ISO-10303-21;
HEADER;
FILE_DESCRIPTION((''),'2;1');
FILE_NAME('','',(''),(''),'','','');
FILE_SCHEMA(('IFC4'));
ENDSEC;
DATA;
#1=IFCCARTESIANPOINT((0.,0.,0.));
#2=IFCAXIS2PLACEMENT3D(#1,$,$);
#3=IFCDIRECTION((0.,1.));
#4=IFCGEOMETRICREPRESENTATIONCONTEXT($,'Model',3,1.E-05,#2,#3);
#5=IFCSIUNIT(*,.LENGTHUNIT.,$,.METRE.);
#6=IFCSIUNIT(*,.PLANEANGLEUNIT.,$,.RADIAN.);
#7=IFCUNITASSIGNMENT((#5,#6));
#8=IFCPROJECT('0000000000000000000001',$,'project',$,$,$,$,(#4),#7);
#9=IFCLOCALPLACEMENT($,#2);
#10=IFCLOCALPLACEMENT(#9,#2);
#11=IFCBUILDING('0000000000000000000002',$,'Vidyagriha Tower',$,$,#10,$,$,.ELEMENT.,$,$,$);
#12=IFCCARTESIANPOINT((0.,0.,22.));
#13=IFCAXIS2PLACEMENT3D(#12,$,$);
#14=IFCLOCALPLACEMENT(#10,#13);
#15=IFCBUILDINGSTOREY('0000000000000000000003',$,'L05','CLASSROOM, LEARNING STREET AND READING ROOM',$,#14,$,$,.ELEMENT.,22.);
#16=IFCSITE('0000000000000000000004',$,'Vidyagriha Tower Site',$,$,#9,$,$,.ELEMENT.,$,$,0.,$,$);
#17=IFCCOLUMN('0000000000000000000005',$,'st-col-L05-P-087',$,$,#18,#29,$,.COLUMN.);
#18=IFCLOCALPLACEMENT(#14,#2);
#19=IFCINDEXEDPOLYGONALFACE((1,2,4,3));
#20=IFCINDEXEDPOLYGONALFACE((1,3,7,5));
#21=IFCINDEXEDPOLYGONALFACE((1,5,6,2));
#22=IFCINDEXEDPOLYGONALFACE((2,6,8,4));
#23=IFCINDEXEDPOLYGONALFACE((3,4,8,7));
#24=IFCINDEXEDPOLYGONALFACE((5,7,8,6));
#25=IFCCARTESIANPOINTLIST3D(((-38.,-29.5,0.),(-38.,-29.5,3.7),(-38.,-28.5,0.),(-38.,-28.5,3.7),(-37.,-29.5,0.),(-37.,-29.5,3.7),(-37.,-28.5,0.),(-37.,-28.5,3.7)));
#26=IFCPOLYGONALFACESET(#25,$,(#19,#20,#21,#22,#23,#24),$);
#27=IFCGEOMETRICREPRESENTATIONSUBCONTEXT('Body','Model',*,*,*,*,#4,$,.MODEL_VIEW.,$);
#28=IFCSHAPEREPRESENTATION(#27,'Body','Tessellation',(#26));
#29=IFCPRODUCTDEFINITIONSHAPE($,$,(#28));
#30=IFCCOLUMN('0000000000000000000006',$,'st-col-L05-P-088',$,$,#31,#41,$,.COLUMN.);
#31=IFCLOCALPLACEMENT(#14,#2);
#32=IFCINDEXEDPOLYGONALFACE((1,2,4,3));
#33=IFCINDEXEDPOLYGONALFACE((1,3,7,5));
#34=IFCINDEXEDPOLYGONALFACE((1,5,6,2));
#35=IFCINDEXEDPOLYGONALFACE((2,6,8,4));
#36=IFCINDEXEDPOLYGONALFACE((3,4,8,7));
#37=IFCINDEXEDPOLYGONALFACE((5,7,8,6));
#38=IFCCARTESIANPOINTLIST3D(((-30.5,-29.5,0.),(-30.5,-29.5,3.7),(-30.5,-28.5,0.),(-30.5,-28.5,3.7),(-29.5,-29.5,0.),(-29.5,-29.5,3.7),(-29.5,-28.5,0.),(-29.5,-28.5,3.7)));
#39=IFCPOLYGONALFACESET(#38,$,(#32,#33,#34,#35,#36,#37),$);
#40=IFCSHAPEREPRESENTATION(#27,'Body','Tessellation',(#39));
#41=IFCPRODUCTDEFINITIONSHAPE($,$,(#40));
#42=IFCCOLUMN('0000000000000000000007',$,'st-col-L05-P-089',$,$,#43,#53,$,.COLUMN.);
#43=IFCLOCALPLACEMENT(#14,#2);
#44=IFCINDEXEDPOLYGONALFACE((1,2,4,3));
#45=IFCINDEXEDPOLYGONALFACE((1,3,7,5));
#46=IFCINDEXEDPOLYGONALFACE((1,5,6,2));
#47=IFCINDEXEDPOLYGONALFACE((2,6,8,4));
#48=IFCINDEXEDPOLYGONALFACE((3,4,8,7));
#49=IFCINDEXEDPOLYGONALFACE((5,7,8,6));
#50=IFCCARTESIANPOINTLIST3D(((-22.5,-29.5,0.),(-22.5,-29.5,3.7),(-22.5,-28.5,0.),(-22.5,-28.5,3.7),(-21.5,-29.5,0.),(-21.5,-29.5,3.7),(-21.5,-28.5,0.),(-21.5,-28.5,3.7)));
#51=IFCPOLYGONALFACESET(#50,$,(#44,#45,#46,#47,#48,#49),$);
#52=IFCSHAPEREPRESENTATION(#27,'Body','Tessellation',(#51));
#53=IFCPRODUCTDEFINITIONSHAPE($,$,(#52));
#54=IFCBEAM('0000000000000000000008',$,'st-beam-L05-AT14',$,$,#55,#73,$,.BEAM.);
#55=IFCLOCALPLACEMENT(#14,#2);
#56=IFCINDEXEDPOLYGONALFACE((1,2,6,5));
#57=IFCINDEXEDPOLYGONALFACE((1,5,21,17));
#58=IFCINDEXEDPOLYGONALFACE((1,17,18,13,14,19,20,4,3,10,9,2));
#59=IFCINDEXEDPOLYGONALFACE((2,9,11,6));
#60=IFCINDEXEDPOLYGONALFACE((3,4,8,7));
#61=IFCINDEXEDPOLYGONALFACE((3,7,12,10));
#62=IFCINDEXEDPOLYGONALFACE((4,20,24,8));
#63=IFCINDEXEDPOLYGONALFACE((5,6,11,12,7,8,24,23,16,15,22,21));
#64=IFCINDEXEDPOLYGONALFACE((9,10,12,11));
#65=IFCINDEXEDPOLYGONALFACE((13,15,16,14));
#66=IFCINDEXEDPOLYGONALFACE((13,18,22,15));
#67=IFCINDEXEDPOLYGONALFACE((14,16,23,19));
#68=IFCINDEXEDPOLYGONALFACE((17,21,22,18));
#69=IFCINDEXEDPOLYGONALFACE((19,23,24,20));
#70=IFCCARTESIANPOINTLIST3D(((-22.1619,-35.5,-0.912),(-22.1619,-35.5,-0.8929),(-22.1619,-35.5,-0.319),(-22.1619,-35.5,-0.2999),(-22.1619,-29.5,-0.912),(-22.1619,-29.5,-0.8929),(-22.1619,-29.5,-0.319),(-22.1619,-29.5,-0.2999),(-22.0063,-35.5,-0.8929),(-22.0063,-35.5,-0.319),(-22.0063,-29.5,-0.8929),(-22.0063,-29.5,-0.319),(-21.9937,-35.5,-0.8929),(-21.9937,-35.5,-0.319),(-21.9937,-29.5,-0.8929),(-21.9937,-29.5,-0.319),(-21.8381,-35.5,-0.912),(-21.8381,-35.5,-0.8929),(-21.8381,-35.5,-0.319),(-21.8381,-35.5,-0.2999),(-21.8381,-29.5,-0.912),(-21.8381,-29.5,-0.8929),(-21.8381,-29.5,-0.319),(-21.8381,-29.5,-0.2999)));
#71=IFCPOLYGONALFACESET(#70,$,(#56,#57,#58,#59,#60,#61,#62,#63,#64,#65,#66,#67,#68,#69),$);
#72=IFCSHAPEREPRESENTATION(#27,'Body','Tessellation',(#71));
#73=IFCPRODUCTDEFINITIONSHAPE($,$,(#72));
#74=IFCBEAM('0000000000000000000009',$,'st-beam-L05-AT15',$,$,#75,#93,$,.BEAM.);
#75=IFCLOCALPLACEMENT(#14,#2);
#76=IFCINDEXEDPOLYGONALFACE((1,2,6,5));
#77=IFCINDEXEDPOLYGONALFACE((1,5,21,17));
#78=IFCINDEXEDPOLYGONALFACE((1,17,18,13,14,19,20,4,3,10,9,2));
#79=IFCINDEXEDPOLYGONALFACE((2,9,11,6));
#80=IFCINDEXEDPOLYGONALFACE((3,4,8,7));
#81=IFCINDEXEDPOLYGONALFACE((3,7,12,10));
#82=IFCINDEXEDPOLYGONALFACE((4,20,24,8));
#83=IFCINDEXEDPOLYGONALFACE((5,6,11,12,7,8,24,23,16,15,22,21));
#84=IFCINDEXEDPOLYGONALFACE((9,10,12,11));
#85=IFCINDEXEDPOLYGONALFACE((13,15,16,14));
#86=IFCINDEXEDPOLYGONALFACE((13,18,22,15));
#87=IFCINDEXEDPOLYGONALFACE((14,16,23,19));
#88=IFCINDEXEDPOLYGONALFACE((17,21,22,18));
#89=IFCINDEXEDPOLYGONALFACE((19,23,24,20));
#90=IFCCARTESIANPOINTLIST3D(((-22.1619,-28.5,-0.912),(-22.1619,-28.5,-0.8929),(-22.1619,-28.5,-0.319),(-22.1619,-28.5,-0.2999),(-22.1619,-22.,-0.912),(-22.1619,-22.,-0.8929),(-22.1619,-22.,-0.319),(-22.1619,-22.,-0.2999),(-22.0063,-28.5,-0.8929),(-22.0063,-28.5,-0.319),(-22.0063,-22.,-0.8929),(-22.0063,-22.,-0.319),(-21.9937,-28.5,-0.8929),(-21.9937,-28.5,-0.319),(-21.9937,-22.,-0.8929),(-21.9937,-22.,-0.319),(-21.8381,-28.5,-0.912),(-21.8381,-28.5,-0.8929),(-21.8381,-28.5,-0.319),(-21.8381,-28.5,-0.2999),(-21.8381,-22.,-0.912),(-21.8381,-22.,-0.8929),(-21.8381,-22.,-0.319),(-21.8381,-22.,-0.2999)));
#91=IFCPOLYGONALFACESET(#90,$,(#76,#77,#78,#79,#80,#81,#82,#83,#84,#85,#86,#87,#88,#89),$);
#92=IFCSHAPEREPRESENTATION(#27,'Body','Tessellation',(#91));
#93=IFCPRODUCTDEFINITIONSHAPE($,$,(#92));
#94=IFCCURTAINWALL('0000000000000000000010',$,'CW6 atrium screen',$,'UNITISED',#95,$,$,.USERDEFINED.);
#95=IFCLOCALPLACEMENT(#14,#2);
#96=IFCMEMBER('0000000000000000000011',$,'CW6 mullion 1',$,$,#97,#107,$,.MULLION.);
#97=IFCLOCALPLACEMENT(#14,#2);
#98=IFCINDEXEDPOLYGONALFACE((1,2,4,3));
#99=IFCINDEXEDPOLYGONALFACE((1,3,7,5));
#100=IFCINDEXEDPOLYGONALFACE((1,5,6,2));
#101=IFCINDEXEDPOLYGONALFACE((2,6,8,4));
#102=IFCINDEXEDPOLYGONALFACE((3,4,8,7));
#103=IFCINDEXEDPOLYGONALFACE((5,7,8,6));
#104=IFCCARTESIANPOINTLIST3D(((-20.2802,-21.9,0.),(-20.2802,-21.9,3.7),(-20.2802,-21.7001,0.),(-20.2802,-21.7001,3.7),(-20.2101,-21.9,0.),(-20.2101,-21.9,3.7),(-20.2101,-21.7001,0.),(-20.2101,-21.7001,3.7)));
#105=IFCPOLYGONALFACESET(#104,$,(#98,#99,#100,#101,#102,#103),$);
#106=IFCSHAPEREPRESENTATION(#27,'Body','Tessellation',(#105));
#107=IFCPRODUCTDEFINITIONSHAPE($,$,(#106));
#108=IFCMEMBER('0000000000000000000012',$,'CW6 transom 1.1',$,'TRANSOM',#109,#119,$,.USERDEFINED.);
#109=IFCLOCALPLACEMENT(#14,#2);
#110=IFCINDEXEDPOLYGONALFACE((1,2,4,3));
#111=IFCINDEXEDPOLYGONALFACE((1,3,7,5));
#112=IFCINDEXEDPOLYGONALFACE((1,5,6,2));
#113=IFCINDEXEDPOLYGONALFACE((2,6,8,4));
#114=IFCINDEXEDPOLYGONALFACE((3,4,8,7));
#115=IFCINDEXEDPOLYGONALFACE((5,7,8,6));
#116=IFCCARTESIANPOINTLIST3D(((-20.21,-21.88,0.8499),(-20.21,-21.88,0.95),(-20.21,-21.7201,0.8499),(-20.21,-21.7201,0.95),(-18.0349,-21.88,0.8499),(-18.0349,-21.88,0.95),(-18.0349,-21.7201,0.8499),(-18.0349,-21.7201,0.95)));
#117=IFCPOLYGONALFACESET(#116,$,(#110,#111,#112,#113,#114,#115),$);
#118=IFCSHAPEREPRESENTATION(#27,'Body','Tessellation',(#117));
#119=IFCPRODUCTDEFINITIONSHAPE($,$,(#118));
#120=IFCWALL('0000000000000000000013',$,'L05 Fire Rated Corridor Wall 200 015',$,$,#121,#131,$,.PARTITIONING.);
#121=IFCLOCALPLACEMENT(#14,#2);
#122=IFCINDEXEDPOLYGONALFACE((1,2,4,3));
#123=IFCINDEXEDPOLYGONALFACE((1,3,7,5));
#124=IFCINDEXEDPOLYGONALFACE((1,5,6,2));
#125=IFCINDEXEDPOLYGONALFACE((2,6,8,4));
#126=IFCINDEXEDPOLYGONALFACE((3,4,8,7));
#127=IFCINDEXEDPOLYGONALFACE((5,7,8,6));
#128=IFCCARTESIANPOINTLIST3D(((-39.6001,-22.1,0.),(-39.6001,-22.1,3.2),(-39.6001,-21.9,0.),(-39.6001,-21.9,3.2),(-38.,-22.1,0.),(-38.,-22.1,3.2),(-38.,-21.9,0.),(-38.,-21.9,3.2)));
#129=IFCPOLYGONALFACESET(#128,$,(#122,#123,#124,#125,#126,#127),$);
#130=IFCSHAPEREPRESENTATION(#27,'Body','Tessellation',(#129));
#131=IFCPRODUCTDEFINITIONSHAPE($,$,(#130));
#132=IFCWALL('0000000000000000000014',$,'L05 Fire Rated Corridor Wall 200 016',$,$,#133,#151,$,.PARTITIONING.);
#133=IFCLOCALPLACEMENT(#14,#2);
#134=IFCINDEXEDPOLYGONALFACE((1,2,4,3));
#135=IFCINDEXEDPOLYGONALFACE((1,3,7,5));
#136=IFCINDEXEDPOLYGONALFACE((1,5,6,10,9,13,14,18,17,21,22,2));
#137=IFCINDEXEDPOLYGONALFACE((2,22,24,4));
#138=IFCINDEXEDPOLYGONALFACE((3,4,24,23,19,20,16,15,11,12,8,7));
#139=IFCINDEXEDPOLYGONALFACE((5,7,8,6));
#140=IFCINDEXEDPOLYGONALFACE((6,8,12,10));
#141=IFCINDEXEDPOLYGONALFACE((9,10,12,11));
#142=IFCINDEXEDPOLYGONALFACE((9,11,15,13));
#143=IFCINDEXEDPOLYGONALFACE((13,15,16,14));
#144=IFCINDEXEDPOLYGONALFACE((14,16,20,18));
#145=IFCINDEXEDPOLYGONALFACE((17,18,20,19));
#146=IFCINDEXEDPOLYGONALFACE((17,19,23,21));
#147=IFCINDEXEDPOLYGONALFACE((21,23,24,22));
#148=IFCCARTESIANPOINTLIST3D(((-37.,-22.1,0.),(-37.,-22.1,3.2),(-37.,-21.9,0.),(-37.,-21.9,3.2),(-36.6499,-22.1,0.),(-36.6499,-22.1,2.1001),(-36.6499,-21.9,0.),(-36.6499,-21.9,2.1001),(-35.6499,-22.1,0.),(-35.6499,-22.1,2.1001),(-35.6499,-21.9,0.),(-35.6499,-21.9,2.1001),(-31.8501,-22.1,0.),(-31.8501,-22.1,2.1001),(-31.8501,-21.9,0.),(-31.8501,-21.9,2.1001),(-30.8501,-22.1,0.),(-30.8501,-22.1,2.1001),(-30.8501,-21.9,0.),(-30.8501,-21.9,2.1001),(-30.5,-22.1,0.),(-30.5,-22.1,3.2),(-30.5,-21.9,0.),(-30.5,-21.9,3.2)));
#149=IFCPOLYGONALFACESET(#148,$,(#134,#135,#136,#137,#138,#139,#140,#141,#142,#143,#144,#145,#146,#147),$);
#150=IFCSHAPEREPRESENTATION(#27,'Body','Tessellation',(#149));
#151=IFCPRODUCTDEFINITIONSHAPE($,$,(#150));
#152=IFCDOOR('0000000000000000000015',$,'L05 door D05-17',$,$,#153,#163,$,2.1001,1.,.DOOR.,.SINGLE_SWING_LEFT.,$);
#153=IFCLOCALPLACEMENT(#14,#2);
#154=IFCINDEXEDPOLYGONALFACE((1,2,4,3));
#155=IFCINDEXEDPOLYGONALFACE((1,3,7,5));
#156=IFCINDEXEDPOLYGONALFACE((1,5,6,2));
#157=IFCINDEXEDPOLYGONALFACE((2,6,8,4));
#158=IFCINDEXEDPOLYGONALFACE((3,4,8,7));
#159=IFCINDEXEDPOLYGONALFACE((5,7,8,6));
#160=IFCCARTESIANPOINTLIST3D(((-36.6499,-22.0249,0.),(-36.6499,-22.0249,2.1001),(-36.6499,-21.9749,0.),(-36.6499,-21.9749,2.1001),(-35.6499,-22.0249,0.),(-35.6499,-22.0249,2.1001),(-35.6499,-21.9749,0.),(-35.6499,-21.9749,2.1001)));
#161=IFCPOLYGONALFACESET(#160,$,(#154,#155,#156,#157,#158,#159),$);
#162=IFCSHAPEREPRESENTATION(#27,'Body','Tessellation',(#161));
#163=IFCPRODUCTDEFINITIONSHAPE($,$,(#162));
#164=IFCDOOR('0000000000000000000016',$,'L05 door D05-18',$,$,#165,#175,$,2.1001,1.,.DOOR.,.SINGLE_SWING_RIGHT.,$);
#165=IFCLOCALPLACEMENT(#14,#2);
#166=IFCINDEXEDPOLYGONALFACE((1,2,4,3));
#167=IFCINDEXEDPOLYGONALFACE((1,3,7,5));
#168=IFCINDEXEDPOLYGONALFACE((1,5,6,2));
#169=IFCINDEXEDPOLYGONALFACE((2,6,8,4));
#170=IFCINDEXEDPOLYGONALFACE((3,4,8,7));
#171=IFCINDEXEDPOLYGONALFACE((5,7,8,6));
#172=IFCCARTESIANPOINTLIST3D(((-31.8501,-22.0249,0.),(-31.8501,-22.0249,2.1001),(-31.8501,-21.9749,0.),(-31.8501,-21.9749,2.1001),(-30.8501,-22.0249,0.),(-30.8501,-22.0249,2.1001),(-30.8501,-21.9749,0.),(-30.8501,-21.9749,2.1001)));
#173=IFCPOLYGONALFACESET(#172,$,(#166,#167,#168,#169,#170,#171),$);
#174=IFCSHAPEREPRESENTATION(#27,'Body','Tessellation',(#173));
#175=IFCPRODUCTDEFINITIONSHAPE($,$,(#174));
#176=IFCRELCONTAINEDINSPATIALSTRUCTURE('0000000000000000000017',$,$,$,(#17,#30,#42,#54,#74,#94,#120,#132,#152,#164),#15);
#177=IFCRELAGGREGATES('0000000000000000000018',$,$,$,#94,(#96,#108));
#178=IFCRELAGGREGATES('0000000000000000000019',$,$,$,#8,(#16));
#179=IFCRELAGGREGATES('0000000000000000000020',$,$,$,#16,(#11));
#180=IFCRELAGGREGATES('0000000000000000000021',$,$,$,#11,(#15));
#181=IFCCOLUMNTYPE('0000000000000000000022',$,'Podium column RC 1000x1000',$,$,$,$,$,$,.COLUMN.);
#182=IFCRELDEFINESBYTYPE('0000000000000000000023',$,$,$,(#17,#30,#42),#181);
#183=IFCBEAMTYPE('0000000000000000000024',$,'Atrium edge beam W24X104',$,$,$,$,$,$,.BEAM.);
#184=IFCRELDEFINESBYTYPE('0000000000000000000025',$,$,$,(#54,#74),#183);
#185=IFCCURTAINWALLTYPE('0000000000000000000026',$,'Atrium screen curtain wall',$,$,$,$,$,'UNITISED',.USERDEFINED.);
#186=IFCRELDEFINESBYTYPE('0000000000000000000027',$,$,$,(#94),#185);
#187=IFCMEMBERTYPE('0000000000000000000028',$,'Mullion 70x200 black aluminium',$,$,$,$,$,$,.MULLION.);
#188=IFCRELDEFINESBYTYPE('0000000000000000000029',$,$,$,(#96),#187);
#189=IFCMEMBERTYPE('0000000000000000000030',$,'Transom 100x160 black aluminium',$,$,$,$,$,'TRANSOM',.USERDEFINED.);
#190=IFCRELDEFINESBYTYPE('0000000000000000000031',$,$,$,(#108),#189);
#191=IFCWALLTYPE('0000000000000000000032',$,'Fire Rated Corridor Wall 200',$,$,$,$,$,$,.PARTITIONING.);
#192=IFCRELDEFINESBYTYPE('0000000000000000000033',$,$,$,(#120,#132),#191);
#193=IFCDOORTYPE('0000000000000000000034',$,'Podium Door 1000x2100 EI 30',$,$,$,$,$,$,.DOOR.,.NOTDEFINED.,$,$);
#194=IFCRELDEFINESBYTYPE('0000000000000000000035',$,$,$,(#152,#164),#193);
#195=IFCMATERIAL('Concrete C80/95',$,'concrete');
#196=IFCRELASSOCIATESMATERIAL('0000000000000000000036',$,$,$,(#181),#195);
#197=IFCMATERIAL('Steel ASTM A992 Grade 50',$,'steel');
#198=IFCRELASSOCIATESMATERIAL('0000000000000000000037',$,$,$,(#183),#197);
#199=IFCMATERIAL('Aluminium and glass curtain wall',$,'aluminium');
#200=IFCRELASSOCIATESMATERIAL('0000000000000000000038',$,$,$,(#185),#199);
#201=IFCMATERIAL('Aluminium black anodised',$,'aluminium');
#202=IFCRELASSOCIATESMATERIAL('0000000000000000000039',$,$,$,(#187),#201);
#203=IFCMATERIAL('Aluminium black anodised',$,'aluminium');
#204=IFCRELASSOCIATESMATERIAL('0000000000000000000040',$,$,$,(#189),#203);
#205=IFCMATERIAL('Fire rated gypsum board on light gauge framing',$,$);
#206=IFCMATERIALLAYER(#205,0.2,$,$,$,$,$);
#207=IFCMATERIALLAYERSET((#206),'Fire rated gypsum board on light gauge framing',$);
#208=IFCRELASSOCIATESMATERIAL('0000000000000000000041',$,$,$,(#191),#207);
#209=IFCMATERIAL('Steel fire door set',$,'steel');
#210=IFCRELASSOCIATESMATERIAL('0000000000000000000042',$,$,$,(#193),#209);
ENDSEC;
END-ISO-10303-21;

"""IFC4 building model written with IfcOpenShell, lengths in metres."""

from ifc_helpers import new_model, si_unit, direction, frame, frame_2d, origin, origin_2d, place, context, subcontext, project, spatial, rectangle, i_section, extrude, material, layer, layer_set, material_profile, profile_set, type_object, element, fill, aggregate, save


model = new_model("IFC4")

# Units and contexts
model_context = context("Model", 3, precision=1e-05, world=origin(), true_north=direction((0.0, 1.0)))
body_context = subcontext(model_context, "Body", "Model", "MODEL_VIEW")
ifc_project = project(units=[si_unit("LENGTHUNIT", "METRE"), si_unit("PLANEANGLEUNIT", "RADIAN")], contexts=[model_context])

# Site, building, storey
site_placement = place(None, origin())
site = spatial("IfcSite", under=ifc_project, at=site_placement, Name="Vidyagriha Tower Site", CompositionType="ELEMENT", RefElevation=0.0)
building_placement = place(site_placement, origin())
building = spatial("IfcBuilding", under=site, at=building_placement, Name="Vidyagriha Tower", CompositionType="ELEMENT")
storey_placement = place(building_placement, frame((0.0, 0.0, 22.0)))
storey = spatial("IfcBuildingStorey", under=building, at=storey_placement, Name="L05", Description="CLASSROOM, LEARNING STREET AND READING ROOM", CompositionType="ELEMENT", Elevation=22.0)

# Columns
ifc_material_1 = material(Name="Concrete C80/95", Category="concrete")
ifc_material_profile_1 = material_profile(ifc_material_1, rectangle(XDim=1.0, YDim=1.0, at=origin_2d()), Name="RC 1000x1000")
ifc_profile_set_1 = profile_set([ifc_material_profile_1], Name="Concrete C80/95")
column_type = type_object("IfcColumnType", Name="Podium column RC 1000x1000", PredefinedType="COLUMN", material=ifc_profile_set_1)
for number, where, name in (
    (1, (-37.5, -29.0, 0.0), "st-col-L05-P-087"),
    (2, (-30.0, -29.0, 0.0), "st-col-L05-P-088"),
    (3, (-22.0, -29.0, 0.0), "st-col-L05-P-089"),
):
    element("IfcColumn", number, at=place(storey_placement, frame(where)), inside=storey, type_object=column_type, Name=name, PredefinedType="COLUMN", context=body_context, shape_type="SweptSolid", body=[
        extrude(rectangle(XDim=1.0, YDim=1.0, at=origin_2d()), origin(), (0.0, 0.0, 1.0), 3.7),
    ])

# Beams
ifc_material_2 = material(Name="Steel ASTM A992 Grade 50", Category="steel")
ifc_material_profile_2 = material_profile(ifc_material_2, i_section(OverallWidth=0.3237, OverallDepth=0.6121, WebThickness=0.0127, FlangeThickness=0.019, at=origin_2d()), Name="W24X104")
ifc_profile_set_2 = profile_set([ifc_material_profile_2], Name="Steel ASTM A992 Grade 50")
beam_type = type_object("IfcBeamType", Name="Atrium edge beam W24X104", PredefinedType="BEAM", material=ifc_profile_set_2)
beam_1_placement = place(storey_placement, frame((-22.0, -35.5, -0.606), z_axis=(0.0, 1.0, 0.0), x_axis=(-1.0, 0.0, 0.0)))
element("IfcBeam", 4, at=beam_1_placement, inside=storey, type_object=beam_type, Name="st-beam-L05-AT14", PredefinedType="BEAM", context=body_context, shape_type="SweptSolid", body=[
    extrude(i_section(OverallWidth=0.3237, OverallDepth=0.6121, WebThickness=0.0127, FlangeThickness=0.019, at=origin_2d()), origin(), (0.0, 0.0, 1.0), 6.0),
])
beam_2_placement = place(storey_placement, frame((-22.0, -28.5, -0.606), z_axis=(0.0, 1.0, 0.0), x_axis=(-1.0, 0.0, 0.0)))
element("IfcBeam", 5, at=beam_2_placement, inside=storey, type_object=beam_type, Name="st-beam-L05-AT15", PredefinedType="BEAM", context=body_context, shape_type="SweptSolid", body=[
    extrude(i_section(OverallWidth=0.3237, OverallDepth=0.6121, WebThickness=0.0127, FlangeThickness=0.019, at=origin_2d()), origin(), (0.0, 0.0, 1.0), 6.5),
])

# Curtain wall, members
ifc_material_3 = material(Name="Aluminium and glass curtain wall", Category="aluminium")
curtain_wall_type = type_object("IfcCurtainWallType", Name="Atrium screen curtain wall", ElementType="UNITISED", PredefinedType="USERDEFINED", material=ifc_material_3)
curtain_wall_placement = place(storey_placement, origin())
curtain_wall = element("IfcCurtainWall", 6, at=curtain_wall_placement, inside=storey, type_object=curtain_wall_type, Name="CW6 atrium screen", ObjectType="UNITISED", PredefinedType="USERDEFINED")
ifc_material_4 = material(Name="Aluminium black anodised", Category="aluminium")
ifc_material_profile_3 = material_profile(ifc_material_4, rectangle(XDim=0.2, YDim=0.0701, at=origin_2d()), Name="Mullion 70x200 black aluminium")
ifc_profile_set_3 = profile_set([ifc_material_profile_3], Name="Aluminium black anodised")
member_type_1 = type_object("IfcMemberType", Name="Mullion 70x200 black aluminium", PredefinedType="MULLION", material=ifc_profile_set_3)
member_1_placement = place(storey_placement, frame((-20.2451, -21.8, 0.0), z_axis=(0.0, 0.0, 1.0), x_axis=(0.0, 1.0, 0.0)))
member_1 = element("IfcMember", 7, at=member_1_placement, type_object=member_type_1, Name="CW6 mullion 1", PredefinedType="MULLION", context=body_context, shape_type="SweptSolid", body=[
    extrude(rectangle(XDim=0.2, YDim=0.0701, at=origin_2d()), origin(), (0.0, 0.0, 1.0), 3.7),
])
ifc_material_5 = material(Name="Aluminium black anodised", Category="aluminium")
ifc_material_profile_4 = material_profile(ifc_material_5, rectangle(XDim=0.1599, YDim=0.1001, at=origin_2d()), Name="Transom 100x160 black aluminium")
ifc_profile_set_4 = profile_set([ifc_material_profile_4], Name="Aluminium black anodised")
member_type_2 = type_object("IfcMemberType", Name="Transom 100x160 black aluminium", ElementType="TRANSOM", PredefinedType="USERDEFINED", material=ifc_profile_set_4)
member_2_placement = place(storey_placement, frame((-20.21, -21.8, 0.8999), z_axis=(1.0, 0.0, 0.0), x_axis=(0.0, 1.0, 0.0)))
member_2 = element("IfcMember", 8, at=member_2_placement, type_object=member_type_2, Name="CW6 transom 1.1", ObjectType="TRANSOM", PredefinedType="USERDEFINED", context=body_context, shape_type="SweptSolid", body=[
    extrude(rectangle(XDim=0.1599, YDim=0.1001, at=origin_2d()), origin(), (0.0, 0.0, 1.0), 2.175),
])
aggregate(curtain_wall, [member_1, member_2])

# Wall
ifc_material_6 = material(Name="Fire rated gypsum board on light gauge framing")
ifc_layer_1 = layer(ifc_material_6, 0.2)
ifc_layer_set_1 = layer_set([ifc_layer_1], Name="Fire rated gypsum board on light gauge framing")
wall_type_1 = type_object("IfcWallType", Name="Fire Rated Corridor Wall 200", PredefinedType="PARTITIONING", material=ifc_layer_set_1)
wall_1_placement = place(storey_placement, frame((-39.6001, -22.0, 0.0)))
element("IfcWall", 9, at=wall_1_placement, inside=storey, type_object=wall_type_1, Name="L05 Fire Rated Corridor Wall 200 015", PredefinedType="PARTITIONING", context=body_context, shape_type="SweptSolid", body=[
    extrude(rectangle(XDim=1.6001, YDim=0.2, at=frame_2d((0.8, 0.0))), origin(), (0.0, 0.0, 1.0), 3.2),
])

# Wall, openings, doors
wall_2_placement = place(storey_placement, frame((-37.0, -22.0, 0.0)))
wall_2 = element("IfcWall", 10, at=wall_2_placement, inside=storey, type_object=wall_type_1, Name="L05 Fire Rated Corridor Wall 200 016", PredefinedType="PARTITIONING", context=body_context, shape_type="SweptSolid", body=[
    extrude(rectangle(XDim=6.5, YDim=0.2, at=frame_2d((3.25, 0.0))), origin(), (0.0, 0.0, 1.0), 3.2),
])
opening_1_placement = place(wall_2_placement, frame((0.3501, 0.0, 0.0)))
opening_1 = element("IfcOpeningElement", 11, at=opening_1_placement, cuts=wall_2, PredefinedType="OPENING", context=body_context, shape_type="SweptSolid", body=[
    extrude(rectangle(XDim=1.0, YDim=2.1001, at=frame_2d((0.5, 1.05))), frame((0.0, 0.1099, 0.0), z_axis=(0.0, -1.0, 0.0), x_axis=(1.0, 0.0, 0.0)), (0.0, 0.0, 1.0), 0.22),
])
opening_2_placement = place(wall_2_placement, frame((5.1499, 0.0, 0.0)))
opening_2 = element("IfcOpeningElement", 12, at=opening_2_placement, cuts=wall_2, PredefinedType="OPENING", context=body_context, shape_type="SweptSolid", body=[
    extrude(rectangle(XDim=1.0, YDim=2.1001, at=frame_2d((0.5, 1.05))), frame((0.0, 0.1099, 0.0), z_axis=(0.0, -1.0, 0.0), x_axis=(1.0, 0.0, 0.0)), (0.0, 0.0, 1.0), 0.22),
])
ifc_material_7 = material(Name="Steel fire door set", Category="steel")
door_type = type_object("IfcDoorType", Name="Podium Door 1000x2100 EI 30", OperationType="NOTDEFINED", PredefinedType="DOOR", material=ifc_material_7)
door_1_placement = place(opening_1_placement, frame((1.0, 0.0, 0.0), z_axis=(0.0, 0.0, 1.0), x_axis=(-1.0, 0.0, 0.0)))
door_1 = element("IfcDoor", 13, at=door_1_placement, inside=storey, type_object=door_type, Name="L05 door D05-17", OperationType="SINGLE_SWING_LEFT", OverallHeight=2.1001, OverallWidth=1.0, PredefinedType="DOOR", context=body_context, shape_type="SweptSolid", body=[
    extrude(rectangle(XDim=1.0, YDim=2.1001, at=frame_2d((0.5, 1.05))), frame((0.0, 0.0249, 0.0), z_axis=(0.0, -1.0, 0.0), x_axis=(1.0, 0.0, 0.0)), (0.0, 0.0, 1.0), 0.05),
])
fill(opening_1, door_1)
door_2_placement = place(opening_2_placement, frame((1.0, 0.0, 0.0), z_axis=(0.0, 0.0, 1.0), x_axis=(-1.0, 0.0, 0.0)))
door_2 = element("IfcDoor", 14, at=door_2_placement, inside=storey, type_object=door_type, Name="L05 door D05-18", OperationType="SINGLE_SWING_RIGHT", OverallHeight=2.1001, OverallWidth=1.0, PredefinedType="DOOR", context=body_context, shape_type="SweptSolid", body=[
    extrude(rectangle(XDim=1.0, YDim=2.1001, at=frame_2d((0.5, 1.05))), frame((0.0, 0.0249, 0.0), z_axis=(0.0, -1.0, 0.0), x_axis=(1.0, 0.0, 0.0)), (0.0, 0.0, 1.0), 0.05),
])
fill(opening_2, door_2)

save(model, "model.ifc")
